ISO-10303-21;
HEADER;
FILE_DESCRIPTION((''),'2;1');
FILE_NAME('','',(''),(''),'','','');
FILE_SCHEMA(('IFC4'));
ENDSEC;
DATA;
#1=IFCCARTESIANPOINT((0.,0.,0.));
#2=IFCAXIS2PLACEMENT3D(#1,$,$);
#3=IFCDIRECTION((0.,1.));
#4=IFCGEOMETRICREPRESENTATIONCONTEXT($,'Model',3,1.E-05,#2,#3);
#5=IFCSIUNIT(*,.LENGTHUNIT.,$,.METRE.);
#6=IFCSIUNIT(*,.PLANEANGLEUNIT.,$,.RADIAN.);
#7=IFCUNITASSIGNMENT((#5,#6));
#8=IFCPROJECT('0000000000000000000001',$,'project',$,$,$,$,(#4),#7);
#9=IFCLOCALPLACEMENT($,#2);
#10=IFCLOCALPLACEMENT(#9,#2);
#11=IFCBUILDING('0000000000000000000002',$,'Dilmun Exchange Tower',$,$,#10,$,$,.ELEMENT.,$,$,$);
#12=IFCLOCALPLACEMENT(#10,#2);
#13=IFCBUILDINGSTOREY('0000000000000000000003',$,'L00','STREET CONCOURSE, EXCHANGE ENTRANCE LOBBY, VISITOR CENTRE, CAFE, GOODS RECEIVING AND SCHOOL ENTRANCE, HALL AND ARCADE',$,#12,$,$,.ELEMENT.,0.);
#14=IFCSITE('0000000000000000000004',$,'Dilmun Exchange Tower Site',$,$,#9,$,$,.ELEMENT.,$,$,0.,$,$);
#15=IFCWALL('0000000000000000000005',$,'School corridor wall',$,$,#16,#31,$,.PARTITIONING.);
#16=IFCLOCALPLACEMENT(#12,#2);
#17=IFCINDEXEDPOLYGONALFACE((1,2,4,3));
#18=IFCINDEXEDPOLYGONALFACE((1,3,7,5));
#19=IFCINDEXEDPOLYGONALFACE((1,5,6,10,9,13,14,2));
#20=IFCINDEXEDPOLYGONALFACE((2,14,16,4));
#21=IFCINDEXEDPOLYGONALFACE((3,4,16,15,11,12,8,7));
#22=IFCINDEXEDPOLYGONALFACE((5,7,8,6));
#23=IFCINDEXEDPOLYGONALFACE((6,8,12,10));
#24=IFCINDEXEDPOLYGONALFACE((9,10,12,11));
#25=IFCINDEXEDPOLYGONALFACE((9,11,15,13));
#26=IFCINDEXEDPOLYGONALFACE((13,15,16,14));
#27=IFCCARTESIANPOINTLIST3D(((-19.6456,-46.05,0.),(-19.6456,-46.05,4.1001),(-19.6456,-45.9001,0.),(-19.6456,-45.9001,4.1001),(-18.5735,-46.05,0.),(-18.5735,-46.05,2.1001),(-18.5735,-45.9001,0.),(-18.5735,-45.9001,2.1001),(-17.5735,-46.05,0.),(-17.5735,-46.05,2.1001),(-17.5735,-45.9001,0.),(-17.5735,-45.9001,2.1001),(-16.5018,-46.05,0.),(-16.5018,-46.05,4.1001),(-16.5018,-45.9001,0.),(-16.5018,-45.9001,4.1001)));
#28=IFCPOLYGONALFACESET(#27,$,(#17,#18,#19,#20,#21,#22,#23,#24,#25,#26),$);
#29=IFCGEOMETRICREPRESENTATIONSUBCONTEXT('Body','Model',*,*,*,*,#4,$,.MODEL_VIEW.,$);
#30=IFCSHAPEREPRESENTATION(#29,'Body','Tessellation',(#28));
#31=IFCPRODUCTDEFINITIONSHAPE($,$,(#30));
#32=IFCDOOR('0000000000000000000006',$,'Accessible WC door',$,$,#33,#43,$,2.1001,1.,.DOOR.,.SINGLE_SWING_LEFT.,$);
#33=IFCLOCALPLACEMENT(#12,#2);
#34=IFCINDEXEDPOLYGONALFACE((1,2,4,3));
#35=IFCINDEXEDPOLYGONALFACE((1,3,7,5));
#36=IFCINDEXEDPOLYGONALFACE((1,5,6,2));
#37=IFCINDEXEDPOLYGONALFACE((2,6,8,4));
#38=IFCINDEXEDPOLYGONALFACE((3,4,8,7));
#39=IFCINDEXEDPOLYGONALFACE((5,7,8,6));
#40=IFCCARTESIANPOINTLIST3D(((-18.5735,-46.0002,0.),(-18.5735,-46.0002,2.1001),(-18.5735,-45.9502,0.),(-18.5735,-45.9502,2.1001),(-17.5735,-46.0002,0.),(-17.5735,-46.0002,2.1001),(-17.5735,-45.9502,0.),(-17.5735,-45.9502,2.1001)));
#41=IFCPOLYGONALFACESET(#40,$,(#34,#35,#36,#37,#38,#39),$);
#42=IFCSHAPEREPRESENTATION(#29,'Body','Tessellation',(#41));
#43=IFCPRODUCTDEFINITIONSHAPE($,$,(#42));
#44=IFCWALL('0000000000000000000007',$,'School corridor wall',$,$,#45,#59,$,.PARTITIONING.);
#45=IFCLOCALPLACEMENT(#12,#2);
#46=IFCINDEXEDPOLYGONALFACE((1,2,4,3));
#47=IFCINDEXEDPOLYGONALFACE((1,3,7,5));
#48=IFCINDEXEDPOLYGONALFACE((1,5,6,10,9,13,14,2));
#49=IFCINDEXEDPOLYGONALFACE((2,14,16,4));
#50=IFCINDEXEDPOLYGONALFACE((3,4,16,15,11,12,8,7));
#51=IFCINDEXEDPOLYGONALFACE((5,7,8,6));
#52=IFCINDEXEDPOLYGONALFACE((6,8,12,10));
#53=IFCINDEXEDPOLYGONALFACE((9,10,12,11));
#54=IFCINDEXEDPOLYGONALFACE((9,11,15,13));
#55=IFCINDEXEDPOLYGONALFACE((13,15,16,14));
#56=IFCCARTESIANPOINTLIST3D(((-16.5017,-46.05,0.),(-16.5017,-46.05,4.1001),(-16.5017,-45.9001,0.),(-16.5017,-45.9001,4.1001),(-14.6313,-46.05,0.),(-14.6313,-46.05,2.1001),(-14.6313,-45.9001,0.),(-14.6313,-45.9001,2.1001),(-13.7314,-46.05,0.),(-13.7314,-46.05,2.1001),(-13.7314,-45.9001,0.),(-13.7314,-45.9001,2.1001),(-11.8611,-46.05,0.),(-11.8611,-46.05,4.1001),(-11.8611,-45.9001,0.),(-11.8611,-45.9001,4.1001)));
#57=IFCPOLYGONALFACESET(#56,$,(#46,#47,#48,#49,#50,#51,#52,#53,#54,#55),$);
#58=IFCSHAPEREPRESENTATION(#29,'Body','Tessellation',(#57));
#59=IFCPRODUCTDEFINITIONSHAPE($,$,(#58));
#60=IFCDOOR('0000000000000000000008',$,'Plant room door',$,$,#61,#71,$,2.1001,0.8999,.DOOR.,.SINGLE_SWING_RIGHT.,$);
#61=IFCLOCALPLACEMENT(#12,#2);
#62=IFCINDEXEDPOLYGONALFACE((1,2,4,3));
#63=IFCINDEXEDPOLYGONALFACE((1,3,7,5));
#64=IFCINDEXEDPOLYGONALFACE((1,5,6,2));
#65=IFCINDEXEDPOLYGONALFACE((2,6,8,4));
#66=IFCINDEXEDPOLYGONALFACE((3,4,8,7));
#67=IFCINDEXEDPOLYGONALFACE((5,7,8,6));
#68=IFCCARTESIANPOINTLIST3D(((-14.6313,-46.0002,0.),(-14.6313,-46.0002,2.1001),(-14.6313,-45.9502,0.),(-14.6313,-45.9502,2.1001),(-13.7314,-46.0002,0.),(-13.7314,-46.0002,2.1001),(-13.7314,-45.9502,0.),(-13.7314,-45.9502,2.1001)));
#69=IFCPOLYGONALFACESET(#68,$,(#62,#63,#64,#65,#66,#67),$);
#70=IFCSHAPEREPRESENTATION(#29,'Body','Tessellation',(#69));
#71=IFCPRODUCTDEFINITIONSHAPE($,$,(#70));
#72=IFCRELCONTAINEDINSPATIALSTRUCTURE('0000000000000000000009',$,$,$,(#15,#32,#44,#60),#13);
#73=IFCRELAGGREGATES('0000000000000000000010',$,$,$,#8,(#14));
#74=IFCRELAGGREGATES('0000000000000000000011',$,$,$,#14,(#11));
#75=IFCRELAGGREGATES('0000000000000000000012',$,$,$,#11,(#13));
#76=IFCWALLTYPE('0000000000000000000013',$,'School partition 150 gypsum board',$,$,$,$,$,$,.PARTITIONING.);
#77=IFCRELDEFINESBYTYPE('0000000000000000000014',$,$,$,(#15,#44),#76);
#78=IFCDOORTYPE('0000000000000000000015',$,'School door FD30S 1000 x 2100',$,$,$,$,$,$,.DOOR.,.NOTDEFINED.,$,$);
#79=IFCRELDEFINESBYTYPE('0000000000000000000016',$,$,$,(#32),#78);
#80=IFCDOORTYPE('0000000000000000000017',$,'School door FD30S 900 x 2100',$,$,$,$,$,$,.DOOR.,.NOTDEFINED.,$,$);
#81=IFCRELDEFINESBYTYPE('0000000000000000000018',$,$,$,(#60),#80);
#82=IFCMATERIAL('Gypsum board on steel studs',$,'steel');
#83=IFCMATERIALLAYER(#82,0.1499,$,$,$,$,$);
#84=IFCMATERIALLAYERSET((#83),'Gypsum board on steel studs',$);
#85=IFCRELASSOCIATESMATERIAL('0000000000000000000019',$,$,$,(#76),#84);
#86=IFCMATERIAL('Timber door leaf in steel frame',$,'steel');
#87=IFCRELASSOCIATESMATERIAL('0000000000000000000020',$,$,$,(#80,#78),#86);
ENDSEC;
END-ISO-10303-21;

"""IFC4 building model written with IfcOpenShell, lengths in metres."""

from ifc_helpers import new_model, si_unit, direction, frame, frame_2d, origin, place, context, subcontext, project, spatial, rectangle, extrude, material, layer, layer_set, type_object, element, fill, save


model = new_model("IFC4")

# Units and contexts
model_context = context("Model", 3, precision=1e-05, world=origin(), true_north=direction((0.0, 1.0)))
body_context = subcontext(model_context, "Body", "Model", "MODEL_VIEW")
ifc_project = project(units=[si_unit("LENGTHUNIT", "METRE"), si_unit("PLANEANGLEUNIT", "RADIAN")], contexts=[model_context])

# Site, building, storey
site_placement = place(None, origin())
site = spatial("IfcSite", under=ifc_project, at=site_placement, Name="Dilmun Exchange Tower Site", CompositionType="ELEMENT", RefElevation=0.0)
building_placement = place(site_placement, origin())
building = spatial("IfcBuilding", under=site, at=building_placement, Name="Dilmun Exchange Tower", CompositionType="ELEMENT")
storey_placement = place(building_placement, origin())
storey = spatial("IfcBuildingStorey", under=building, at=storey_placement, Name="L00", Description="STREET CONCOURSE, EXCHANGE ENTRANCE LOBBY, VISITOR CENTRE, CAFE, GOODS RECEIVING AND SCHOOL ENTRANCE, HALL AND ARCADE", CompositionType="ELEMENT", Elevation=0.0)

# Shared definitions
ifc_material_1 = material(Name="Gypsum board on steel studs", Category="steel")
ifc_layer = layer(ifc_material_1, 0.1499)
ifc_layer_set = layer_set([ifc_layer], Name="Gypsum board on steel studs")
wall_type = type_object("IfcWallType", Name="School partition 150 gypsum board", PredefinedType="PARTITIONING", material=ifc_layer_set)

# Walls, openings, doors
ifc_material_2 = material(Name="Timber door leaf in steel frame", Category="steel")
door_type_1 = type_object("IfcDoorType", Name="School door FD30S 900 x 2100", OperationType="NOTDEFINED", PredefinedType="DOOR", material=ifc_material_2)
wall_1_placement = place(storey_placement, frame((-19.6455, -45.9751, 0.0), z_axis=(0.0, 0.0, 1.0), x_axis=(1.0, 0.0, 0.0)))
wall_1 = element("IfcWall", 1, at=wall_1_placement, inside=storey, type_object=wall_type, Name="School corridor wall", PredefinedType="PARTITIONING", context=body_context, shape_type="SweptSolid", body=[
    extrude(rectangle(XDim=3.1438, YDim=0.1499, at=frame_2d((1.5718, 0.0))), origin(), (0.0, 0.0, 1.0), 4.1001),
])
opening_1_placement = place(wall_1_placement, frame((1.072, 0.0, 0.0)))
opening_1 = element("IfcOpeningElement", 2, at=opening_1_placement, cuts=wall_1, PredefinedType="OPENING", context=body_context, shape_type="SweptSolid", body=[
    extrude(rectangle(XDim=1.0, YDim=2.1001, at=frame_2d((0.5, 1.05))), frame((0.0, 0.085, 0.0), z_axis=(0.0, -1.0, 0.0), x_axis=(1.0, 0.0, 0.0)), (0.0, 0.0, 1.0), 0.1699),
])
door_type_2 = type_object("IfcDoorType", Name="School door FD30S 1000 x 2100", OperationType="NOTDEFINED", PredefinedType="DOOR", material=ifc_material_2)
door_1_placement = place(opening_1_placement, origin())
door_1 = element("IfcDoor", 3, at=door_1_placement, inside=storey, type_object=door_type_2, Name="Accessible WC door", OperationType="SINGLE_SWING_LEFT", OverallHeight=2.1001, OverallWidth=1.0, PredefinedType="DOOR", context=body_context, shape_type="SweptSolid", body=[
    extrude(rectangle(XDim=1.0, YDim=2.1001, at=frame_2d((0.5, 1.05))), frame((0.0, 0.0249, 0.0), z_axis=(0.0, -1.0, 0.0), x_axis=(1.0, 0.0, 0.0)), (0.0, 0.0, 1.0), 0.05),
])
fill(opening_1, door_1)
wall_2_placement = place(storey_placement, frame((-16.5017, -45.9751, 0.0), z_axis=(0.0, 0.0, 1.0), x_axis=(1.0, 0.0, 0.0)))
wall_2 = element("IfcWall", 4, at=wall_2_placement, inside=storey, type_object=wall_type, Name="School corridor wall", PredefinedType="PARTITIONING", context=body_context, shape_type="SweptSolid", body=[
    extrude(rectangle(XDim=4.6406, YDim=0.1499, at=frame_2d((2.3203, 0.0))), origin(), (0.0, 0.0, 1.0), 4.1001),
])
opening_2_placement = place(wall_2_placement, frame((1.8704, 0.0, 0.0)))
opening_2 = element("IfcOpeningElement", 5, at=opening_2_placement, cuts=wall_2, PredefinedType="OPENING", context=body_context, shape_type="SweptSolid", body=[
    extrude(rectangle(XDim=0.8999, YDim=2.1001, at=frame_2d((0.45, 1.05))), frame((0.0, 0.085, 0.0), z_axis=(0.0, -1.0, 0.0), x_axis=(1.0, 0.0, 0.0)), (0.0, 0.0, 1.0), 0.1699),
])
door_2_placement = place(opening_2_placement, origin())
door_2 = element("IfcDoor", 6, at=door_2_placement, inside=storey, type_object=door_type_1, Name="Plant room door", OperationType="SINGLE_SWING_RIGHT", OverallHeight=2.1001, OverallWidth=0.8999, PredefinedType="DOOR", context=body_context, shape_type="SweptSolid", body=[
    extrude(rectangle(XDim=0.8999, YDim=2.1001, at=frame_2d((0.45, 1.05))), frame((0.0, 0.0249, 0.0), z_axis=(0.0, -1.0, 0.0), x_axis=(1.0, 0.0, 0.0)), (0.0, 0.0, 1.0), 0.05),
])
fill(opening_2, door_2)

save(model, "model.ifc")
